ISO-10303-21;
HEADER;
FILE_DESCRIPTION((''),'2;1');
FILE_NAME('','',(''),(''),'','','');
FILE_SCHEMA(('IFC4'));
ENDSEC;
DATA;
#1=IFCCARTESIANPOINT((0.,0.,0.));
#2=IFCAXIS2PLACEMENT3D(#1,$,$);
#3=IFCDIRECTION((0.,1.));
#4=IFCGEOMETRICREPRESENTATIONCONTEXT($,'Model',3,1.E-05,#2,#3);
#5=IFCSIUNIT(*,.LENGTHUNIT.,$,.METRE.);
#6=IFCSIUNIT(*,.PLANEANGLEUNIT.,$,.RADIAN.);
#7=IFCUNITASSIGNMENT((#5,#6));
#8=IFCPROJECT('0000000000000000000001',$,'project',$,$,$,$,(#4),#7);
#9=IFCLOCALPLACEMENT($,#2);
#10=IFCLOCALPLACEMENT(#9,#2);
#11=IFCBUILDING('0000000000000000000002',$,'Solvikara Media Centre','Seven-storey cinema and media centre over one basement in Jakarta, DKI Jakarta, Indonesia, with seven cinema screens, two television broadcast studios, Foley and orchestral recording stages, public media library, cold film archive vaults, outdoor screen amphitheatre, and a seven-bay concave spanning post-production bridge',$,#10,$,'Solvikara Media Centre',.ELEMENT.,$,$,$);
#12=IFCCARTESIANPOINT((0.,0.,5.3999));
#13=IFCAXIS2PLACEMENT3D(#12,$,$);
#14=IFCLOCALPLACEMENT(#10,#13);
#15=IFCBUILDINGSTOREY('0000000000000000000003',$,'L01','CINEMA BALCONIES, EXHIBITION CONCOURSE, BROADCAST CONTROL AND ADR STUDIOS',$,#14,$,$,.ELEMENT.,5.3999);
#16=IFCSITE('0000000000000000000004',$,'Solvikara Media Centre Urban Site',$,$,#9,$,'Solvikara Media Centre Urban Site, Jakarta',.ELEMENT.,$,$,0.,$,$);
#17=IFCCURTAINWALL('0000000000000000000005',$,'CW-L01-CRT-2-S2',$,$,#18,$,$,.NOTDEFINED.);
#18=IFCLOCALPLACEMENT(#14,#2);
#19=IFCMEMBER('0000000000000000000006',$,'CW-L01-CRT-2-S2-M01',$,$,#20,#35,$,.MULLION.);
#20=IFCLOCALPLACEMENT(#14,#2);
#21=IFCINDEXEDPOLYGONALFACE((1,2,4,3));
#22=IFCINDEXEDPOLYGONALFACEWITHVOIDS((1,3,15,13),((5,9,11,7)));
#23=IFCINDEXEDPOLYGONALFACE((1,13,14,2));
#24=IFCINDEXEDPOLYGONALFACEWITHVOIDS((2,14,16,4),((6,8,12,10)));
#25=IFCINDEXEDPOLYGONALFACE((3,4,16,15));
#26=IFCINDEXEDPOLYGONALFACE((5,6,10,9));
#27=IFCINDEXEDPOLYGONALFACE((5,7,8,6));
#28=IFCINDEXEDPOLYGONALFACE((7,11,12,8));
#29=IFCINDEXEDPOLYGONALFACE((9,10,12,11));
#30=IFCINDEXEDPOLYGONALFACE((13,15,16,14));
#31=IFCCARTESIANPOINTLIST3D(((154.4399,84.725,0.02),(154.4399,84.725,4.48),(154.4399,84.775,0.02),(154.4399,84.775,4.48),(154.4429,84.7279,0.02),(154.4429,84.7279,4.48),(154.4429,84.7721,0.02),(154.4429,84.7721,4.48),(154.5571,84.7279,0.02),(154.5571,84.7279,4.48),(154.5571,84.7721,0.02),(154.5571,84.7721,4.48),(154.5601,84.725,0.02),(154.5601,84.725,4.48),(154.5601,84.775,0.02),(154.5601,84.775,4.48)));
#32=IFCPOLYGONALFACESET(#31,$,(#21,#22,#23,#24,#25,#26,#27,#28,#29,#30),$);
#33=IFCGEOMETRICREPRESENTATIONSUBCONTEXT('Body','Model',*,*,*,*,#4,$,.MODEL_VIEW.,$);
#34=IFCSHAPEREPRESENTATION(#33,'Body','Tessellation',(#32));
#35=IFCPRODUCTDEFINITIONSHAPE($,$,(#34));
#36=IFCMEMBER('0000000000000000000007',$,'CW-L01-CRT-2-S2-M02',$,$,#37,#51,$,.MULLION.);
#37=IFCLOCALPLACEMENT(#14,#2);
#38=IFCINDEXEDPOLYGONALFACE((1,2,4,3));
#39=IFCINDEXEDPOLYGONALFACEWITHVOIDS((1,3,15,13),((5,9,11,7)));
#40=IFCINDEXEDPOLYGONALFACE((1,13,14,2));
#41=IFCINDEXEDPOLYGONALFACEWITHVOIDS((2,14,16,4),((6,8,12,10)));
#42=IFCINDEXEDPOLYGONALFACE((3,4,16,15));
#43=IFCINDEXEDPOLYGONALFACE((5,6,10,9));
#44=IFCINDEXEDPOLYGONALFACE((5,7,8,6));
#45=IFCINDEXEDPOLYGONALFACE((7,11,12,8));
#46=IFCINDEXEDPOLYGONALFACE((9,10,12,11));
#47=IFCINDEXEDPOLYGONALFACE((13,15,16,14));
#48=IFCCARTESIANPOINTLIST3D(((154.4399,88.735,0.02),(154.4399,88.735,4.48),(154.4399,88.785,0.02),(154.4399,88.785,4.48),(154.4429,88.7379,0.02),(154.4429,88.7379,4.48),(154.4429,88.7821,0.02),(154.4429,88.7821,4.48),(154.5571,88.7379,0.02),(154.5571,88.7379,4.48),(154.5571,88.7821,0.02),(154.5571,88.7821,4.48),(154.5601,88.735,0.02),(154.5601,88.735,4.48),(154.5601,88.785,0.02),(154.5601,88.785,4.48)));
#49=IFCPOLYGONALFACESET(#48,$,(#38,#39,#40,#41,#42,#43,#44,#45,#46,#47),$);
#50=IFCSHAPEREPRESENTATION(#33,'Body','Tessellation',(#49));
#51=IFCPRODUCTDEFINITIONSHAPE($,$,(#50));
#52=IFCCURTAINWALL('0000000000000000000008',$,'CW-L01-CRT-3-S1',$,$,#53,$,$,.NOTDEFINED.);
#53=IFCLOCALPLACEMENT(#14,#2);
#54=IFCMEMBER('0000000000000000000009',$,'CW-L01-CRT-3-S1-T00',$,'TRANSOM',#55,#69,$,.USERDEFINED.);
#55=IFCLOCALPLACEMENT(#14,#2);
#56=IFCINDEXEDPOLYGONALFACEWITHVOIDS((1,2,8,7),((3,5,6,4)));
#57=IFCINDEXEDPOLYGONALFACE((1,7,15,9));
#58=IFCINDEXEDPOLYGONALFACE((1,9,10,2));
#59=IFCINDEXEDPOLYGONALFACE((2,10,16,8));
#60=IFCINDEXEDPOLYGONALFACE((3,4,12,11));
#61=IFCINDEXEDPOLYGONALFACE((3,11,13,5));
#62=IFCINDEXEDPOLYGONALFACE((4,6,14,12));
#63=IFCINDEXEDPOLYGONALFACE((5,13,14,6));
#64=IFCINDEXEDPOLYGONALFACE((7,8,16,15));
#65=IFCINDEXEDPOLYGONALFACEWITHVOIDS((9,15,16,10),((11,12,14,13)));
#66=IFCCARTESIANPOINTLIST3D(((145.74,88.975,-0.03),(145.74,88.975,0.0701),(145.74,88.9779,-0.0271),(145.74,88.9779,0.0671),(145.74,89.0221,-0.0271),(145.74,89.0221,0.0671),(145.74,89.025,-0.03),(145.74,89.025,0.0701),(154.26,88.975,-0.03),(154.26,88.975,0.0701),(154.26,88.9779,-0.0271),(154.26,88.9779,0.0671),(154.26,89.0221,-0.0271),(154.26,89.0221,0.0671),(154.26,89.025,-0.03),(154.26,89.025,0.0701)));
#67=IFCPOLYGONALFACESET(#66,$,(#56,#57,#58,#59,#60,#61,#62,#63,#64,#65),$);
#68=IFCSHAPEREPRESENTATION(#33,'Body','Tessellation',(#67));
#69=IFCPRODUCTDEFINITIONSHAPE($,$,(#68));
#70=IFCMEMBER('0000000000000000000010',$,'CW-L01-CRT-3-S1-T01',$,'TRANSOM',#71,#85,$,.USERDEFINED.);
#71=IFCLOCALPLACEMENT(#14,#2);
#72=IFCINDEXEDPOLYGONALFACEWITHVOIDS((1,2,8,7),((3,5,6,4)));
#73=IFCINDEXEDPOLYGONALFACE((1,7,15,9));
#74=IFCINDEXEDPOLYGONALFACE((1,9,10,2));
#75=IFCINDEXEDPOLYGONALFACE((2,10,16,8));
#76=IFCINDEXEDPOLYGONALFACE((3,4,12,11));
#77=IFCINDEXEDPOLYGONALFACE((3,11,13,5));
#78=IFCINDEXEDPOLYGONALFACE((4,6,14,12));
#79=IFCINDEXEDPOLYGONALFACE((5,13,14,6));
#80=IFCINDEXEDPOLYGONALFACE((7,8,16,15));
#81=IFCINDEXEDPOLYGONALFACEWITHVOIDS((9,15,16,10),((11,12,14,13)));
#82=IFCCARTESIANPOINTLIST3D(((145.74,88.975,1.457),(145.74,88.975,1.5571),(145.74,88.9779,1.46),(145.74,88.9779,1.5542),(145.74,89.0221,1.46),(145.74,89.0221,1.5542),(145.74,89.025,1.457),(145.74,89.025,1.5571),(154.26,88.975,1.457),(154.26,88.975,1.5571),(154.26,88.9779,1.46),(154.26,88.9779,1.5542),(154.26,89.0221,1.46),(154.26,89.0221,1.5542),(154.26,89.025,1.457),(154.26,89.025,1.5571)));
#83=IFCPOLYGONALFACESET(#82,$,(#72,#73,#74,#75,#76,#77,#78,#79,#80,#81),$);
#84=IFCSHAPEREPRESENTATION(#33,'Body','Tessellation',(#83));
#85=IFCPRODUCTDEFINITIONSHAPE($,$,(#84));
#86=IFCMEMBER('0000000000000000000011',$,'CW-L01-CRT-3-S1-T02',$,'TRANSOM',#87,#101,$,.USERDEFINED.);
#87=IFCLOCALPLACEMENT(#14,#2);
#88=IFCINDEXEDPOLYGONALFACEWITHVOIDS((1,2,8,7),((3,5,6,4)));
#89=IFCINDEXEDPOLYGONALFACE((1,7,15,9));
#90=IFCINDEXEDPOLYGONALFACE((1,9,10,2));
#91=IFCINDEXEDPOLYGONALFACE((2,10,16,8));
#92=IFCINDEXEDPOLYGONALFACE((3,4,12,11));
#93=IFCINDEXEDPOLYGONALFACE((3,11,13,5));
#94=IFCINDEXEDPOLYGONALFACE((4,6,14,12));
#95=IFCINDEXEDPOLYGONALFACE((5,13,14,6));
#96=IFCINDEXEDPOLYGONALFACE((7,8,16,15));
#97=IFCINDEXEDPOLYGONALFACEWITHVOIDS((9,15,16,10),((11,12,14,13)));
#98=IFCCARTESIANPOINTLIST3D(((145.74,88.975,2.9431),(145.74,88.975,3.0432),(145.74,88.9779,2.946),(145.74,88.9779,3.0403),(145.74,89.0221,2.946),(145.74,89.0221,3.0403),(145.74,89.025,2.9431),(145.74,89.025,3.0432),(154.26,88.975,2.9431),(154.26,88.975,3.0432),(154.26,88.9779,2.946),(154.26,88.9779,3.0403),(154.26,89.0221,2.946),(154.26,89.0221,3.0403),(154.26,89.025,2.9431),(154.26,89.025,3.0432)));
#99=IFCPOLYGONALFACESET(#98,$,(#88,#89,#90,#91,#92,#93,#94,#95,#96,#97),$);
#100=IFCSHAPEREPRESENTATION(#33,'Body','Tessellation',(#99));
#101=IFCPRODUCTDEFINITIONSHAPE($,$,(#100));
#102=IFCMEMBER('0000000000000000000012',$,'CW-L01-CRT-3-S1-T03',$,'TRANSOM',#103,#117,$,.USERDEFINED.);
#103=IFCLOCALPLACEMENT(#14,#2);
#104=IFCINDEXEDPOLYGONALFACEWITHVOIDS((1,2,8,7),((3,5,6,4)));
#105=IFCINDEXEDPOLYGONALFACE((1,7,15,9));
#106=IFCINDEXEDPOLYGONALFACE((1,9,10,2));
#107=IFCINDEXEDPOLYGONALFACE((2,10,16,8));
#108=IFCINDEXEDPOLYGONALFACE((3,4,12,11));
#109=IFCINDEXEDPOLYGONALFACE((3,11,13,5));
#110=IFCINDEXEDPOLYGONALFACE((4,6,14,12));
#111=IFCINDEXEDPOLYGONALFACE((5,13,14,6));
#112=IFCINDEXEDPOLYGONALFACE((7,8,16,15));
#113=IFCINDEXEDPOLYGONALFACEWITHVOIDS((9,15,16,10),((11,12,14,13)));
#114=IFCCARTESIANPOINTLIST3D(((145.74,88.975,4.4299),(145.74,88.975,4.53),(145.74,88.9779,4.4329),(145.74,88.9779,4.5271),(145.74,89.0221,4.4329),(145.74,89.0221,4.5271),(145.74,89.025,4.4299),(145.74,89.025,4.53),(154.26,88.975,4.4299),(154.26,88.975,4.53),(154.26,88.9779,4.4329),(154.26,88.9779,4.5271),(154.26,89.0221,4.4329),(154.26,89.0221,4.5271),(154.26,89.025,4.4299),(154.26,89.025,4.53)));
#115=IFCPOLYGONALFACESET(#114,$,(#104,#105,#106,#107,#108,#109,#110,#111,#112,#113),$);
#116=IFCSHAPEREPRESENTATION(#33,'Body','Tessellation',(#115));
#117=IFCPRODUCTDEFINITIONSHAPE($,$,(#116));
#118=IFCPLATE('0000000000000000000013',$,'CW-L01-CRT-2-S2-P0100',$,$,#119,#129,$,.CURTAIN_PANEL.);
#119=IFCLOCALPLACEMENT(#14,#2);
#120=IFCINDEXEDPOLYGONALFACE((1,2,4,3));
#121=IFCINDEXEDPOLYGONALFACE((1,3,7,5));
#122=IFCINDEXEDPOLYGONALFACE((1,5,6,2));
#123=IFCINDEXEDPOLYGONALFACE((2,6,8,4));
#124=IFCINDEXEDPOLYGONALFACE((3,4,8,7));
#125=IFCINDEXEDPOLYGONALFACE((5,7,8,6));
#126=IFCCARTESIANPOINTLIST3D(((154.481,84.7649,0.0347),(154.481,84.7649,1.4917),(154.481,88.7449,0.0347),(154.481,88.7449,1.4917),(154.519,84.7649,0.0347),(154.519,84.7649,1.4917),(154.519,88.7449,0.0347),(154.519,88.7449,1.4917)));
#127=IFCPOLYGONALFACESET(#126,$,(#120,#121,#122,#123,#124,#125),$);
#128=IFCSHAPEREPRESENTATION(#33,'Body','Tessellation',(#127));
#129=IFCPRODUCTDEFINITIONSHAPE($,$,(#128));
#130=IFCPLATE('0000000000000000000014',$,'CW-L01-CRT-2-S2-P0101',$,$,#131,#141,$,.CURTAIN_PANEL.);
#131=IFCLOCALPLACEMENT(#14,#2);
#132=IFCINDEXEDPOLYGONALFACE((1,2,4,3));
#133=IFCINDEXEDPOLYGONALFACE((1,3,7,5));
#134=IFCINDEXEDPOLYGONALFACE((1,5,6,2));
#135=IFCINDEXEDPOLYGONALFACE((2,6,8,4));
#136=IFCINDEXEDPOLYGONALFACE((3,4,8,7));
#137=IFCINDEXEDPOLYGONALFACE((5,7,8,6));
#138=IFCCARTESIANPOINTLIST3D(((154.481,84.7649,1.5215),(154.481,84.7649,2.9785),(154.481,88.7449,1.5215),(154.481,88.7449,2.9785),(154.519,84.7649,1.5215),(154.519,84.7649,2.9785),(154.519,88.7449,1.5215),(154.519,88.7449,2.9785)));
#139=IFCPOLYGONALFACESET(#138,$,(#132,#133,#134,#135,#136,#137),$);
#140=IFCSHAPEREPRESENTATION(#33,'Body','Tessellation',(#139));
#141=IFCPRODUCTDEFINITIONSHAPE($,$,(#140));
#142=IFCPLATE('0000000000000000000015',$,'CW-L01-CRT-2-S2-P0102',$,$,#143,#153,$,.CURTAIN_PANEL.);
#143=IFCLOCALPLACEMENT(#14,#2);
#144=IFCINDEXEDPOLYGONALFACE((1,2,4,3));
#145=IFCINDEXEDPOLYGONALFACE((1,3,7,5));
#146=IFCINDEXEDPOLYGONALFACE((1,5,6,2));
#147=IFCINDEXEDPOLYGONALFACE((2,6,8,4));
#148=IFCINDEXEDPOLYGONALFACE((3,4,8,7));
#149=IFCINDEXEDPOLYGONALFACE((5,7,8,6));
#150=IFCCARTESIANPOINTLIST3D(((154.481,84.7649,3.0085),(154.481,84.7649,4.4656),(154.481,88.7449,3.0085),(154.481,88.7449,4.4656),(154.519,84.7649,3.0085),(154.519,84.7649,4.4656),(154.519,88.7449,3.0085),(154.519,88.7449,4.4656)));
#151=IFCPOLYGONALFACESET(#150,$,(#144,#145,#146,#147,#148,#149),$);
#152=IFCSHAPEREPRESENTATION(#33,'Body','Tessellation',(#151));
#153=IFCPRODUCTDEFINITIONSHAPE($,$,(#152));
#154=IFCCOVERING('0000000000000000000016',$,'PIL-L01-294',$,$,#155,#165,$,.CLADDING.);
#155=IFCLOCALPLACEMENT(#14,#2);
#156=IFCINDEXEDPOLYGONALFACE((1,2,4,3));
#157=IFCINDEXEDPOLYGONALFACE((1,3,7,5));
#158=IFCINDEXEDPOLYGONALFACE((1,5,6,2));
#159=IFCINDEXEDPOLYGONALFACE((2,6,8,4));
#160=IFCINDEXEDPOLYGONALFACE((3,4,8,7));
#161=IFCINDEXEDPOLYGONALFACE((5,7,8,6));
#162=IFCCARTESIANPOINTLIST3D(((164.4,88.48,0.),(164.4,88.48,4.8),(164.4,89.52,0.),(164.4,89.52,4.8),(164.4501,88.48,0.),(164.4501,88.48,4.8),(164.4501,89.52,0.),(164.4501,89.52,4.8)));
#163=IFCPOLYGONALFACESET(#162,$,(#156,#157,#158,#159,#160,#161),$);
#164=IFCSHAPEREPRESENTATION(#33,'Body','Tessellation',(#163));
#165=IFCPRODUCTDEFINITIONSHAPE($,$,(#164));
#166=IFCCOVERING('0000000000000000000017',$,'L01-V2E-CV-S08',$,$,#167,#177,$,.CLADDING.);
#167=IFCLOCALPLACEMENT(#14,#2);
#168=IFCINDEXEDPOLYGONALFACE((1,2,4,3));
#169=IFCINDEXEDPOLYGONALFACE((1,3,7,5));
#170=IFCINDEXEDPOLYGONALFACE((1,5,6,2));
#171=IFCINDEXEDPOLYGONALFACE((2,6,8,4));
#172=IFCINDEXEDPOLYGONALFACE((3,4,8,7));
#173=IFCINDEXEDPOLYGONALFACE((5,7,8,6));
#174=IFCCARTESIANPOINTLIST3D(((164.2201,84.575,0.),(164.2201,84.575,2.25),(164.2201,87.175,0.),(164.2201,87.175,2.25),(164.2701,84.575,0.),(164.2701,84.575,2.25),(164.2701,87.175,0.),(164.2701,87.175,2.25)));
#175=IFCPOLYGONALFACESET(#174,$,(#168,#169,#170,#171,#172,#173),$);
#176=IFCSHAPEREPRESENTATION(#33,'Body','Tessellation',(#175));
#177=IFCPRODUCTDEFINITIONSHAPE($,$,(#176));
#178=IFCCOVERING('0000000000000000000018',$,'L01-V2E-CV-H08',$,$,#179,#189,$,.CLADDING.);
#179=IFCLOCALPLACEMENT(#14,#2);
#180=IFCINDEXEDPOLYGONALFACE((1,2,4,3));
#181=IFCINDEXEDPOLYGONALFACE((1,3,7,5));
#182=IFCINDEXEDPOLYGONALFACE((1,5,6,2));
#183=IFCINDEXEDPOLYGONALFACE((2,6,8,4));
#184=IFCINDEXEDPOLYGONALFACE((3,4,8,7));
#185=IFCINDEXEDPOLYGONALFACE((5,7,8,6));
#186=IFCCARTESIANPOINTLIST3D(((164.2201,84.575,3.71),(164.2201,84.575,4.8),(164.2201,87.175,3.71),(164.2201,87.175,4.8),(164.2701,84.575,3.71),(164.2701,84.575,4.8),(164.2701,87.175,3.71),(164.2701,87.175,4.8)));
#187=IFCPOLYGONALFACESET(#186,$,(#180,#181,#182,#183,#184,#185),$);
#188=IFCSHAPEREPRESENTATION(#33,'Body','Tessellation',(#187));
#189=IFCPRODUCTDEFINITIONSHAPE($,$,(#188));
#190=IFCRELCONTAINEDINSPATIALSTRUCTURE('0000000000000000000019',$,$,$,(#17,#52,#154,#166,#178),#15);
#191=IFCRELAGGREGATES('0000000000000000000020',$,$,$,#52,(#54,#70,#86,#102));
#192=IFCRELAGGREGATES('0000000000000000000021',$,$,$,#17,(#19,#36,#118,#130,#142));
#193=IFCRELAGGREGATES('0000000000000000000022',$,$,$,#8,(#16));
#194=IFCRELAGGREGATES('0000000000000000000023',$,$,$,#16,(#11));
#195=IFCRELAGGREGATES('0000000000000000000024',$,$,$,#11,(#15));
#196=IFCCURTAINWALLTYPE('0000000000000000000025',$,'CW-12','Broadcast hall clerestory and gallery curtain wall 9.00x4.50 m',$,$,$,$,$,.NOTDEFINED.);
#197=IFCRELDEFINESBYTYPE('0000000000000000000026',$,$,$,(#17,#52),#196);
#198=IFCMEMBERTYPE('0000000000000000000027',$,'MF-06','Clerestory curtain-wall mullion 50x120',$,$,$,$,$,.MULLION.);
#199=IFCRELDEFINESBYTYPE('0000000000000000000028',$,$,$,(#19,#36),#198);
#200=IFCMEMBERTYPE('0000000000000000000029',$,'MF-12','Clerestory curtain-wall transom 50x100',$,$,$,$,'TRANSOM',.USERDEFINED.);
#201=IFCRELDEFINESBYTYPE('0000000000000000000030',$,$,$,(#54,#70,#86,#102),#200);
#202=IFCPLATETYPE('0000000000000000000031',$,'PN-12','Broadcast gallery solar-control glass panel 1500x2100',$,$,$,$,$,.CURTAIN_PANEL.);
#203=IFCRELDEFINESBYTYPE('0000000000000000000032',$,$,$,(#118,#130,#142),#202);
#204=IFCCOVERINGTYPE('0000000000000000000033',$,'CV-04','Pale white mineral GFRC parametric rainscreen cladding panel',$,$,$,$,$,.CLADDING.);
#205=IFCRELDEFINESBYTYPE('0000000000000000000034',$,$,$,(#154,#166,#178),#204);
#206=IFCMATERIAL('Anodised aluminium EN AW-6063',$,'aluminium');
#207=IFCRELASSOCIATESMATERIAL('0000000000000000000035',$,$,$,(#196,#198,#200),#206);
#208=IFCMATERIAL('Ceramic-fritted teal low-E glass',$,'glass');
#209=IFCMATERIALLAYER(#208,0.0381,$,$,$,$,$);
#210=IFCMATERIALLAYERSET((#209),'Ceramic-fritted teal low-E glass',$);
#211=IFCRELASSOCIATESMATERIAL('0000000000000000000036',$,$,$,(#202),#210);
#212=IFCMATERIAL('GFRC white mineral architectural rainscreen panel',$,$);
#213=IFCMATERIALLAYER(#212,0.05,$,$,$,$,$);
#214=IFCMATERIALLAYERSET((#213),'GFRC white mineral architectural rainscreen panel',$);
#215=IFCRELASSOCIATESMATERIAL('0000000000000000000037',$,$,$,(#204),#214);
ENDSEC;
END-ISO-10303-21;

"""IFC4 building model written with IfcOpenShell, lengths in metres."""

from ifc_helpers import new_model, si_unit, direction, frame, origin, origin_2d, place, context, subcontext, project, spatial, rectangle, hollow_rectangle, extrude, material, layer, layer_set, material_profile, profile_set, type_object, element, aggregate, save


model = new_model("IFC4")

# Units and contexts
model_context = context("Model", 3, precision=1e-05, world=origin(), true_north=direction((0.0, 1.0)))
body_context = subcontext(model_context, "Body", "Model", "MODEL_VIEW")
ifc_project = project(units=[si_unit("LENGTHUNIT", "METRE"), si_unit("PLANEANGLEUNIT", "RADIAN")], contexts=[model_context])

# Site, building, storey
site_placement = place(None, origin())
site = spatial("IfcSite", under=ifc_project, at=site_placement, Name="Solvikara Media Centre Urban Site", LongName="Solvikara Media Centre Urban Site, Jakarta", CompositionType="ELEMENT", RefElevation=0.0)
building_placement = place(site_placement, origin())
building = spatial("IfcBuilding", under=site, at=building_placement, Name="Solvikara Media Centre", Description="Seven-storey cinema and media centre over one basement in Jakarta, DKI Jakarta, Indonesia, with seven cinema screens, two television broadcast studios, Foley and orchestral recording stages, public media library, cold film archive vaults, outdoor screen amphitheatre, and a seven-bay concave spanning post-production bridge", LongName="Solvikara Media Centre", CompositionType="ELEMENT")
storey_placement = place(building_placement, frame((0.0, 0.0, 5.3999)))
storey = spatial("IfcBuildingStorey", under=building, at=storey_placement, Name="L01", Description="CINEMA BALCONIES, EXHIBITION CONCOURSE, BROADCAST CONTROL AND ADR STUDIOS", CompositionType="ELEMENT", Elevation=5.3999)

# Curtain walls, members
ifc_material_1 = material(Name="Anodised aluminium EN AW-6063", Category="aluminium")
curtain_wall_type = type_object("IfcCurtainWallType", Name="CW-12", Description="Broadcast hall clerestory and gallery curtain wall 9.00x4.50 m", PredefinedType="NOTDEFINED", material=ifc_material_1)
curtain_wall_1_placement = place(storey_placement, origin())
curtain_wall_1 = element("IfcCurtainWall", 1, at=curtain_wall_1_placement, inside=storey, type_object=curtain_wall_type, Name="CW-L01-CRT-2-S2", PredefinedType="NOTDEFINED")
ifc_material_profile_1 = material_profile(ifc_material_1, hollow_rectangle(XDim=0.05, YDim=0.1201, WallThickness=0.0029, at=origin_2d()), Name="ALU-M 50x120x3")
ifc_profile_set_1 = profile_set([ifc_material_profile_1], Name="Anodised aluminium EN AW-6063")
member_type_1 = type_object("IfcMemberType", Name="MF-06", Description="Clerestory curtain-wall mullion 50x120", PredefinedType="MULLION", material=ifc_profile_set_1)
member_1_placement = place(storey_placement, frame((154.5, 84.75, 0.02), z_axis=(0.0, 0.0, 1.0), x_axis=(0.0, 1.0, 0.0)))
member_1 = element("IfcMember", 2, at=member_1_placement, type_object=member_type_1, Name="CW-L01-CRT-2-S2-M01", PredefinedType="MULLION", context=body_context, shape_type="SweptSolid", body=[
    extrude(hollow_rectangle(XDim=0.05, YDim=0.1201, WallThickness=0.0029, at=origin_2d()), origin(), (0.0, 0.0, 1.0), 4.46),
])
member_2_placement = place(storey_placement, frame((154.5, 88.76, 0.02), z_axis=(0.0, 0.0, 1.0), x_axis=(0.0, 1.0, 0.0)))
member_2 = element("IfcMember", 3, at=member_2_placement, type_object=member_type_1, Name="CW-L01-CRT-2-S2-M02", PredefinedType="MULLION", context=body_context, shape_type="SweptSolid", body=[
    extrude(hollow_rectangle(XDim=0.05, YDim=0.1201, WallThickness=0.0029, at=origin_2d()), origin(), (0.0, 0.0, 1.0), 4.46),
])
curtain_wall_2_placement = place(storey_placement, origin())
curtain_wall_2 = element("IfcCurtainWall", 4, at=curtain_wall_2_placement, inside=storey, type_object=curtain_wall_type, Name="CW-L01-CRT-3-S1", PredefinedType="NOTDEFINED")
ifc_material_profile_2 = material_profile(ifc_material_1, hollow_rectangle(XDim=0.05, YDim=0.1001, WallThickness=0.0029, at=origin_2d()), Name="ALU-T 50x100x3")
ifc_profile_set_2 = profile_set([ifc_material_profile_2], Name="Anodised aluminium EN AW-6063")
member_type_2 = type_object("IfcMemberType", Name="MF-12", Description="Clerestory curtain-wall transom 50x100", ElementType="TRANSOM", PredefinedType="USERDEFINED", material=ifc_profile_set_2)
member_3_placement = place(storey_placement, frame((154.26, 89.0, 0.02), z_axis=(-1.0, 0.0, 0.0), x_axis=(0.0, -1.0, 0.0)))
member_3 = element("IfcMember", 5, at=member_3_placement, type_object=member_type_2, Name="CW-L01-CRT-3-S1-T00", ObjectType="TRANSOM", PredefinedType="USERDEFINED", context=body_context, shape_type="SweptSolid", body=[
    extrude(hollow_rectangle(XDim=0.05, YDim=0.1001, WallThickness=0.0029, at=origin_2d()), origin(), (0.0, 0.0, 1.0), 8.52),
])
member_4_placement = place(storey_placement, frame((154.26, 89.0, 1.5071), z_axis=(-1.0, 0.0, 0.0), x_axis=(0.0, -1.0, 0.0)))
member_4 = element("IfcMember", 6, at=member_4_placement, type_object=member_type_2, Name="CW-L01-CRT-3-S1-T01", ObjectType="TRANSOM", PredefinedType="USERDEFINED", context=body_context, shape_type="SweptSolid", body=[
    extrude(hollow_rectangle(XDim=0.05, YDim=0.1001, WallThickness=0.0029, at=origin_2d()), origin(), (0.0, 0.0, 1.0), 8.52),
])
member_5_placement = place(storey_placement, frame((154.26, 89.0, 2.9932), z_axis=(-1.0, 0.0, 0.0), x_axis=(0.0, -1.0, 0.0)))
member_5 = element("IfcMember", 7, at=member_5_placement, type_object=member_type_2, Name="CW-L01-CRT-3-S1-T02", ObjectType="TRANSOM", PredefinedType="USERDEFINED", context=body_context, shape_type="SweptSolid", body=[
    extrude(hollow_rectangle(XDim=0.05, YDim=0.1001, WallThickness=0.0029, at=origin_2d()), origin(), (0.0, 0.0, 1.0), 8.52),
])
member_6_placement = place(storey_placement, frame((154.26, 89.0, 4.48), z_axis=(-1.0, 0.0, 0.0), x_axis=(0.0, -1.0, 0.0)))
member_6 = element("IfcMember", 8, at=member_6_placement, type_object=member_type_2, Name="CW-L01-CRT-3-S1-T03", ObjectType="TRANSOM", PredefinedType="USERDEFINED", context=body_context, shape_type="SweptSolid", body=[
    extrude(hollow_rectangle(XDim=0.05, YDim=0.1001, WallThickness=0.0029, at=origin_2d()), origin(), (0.0, 0.0, 1.0), 8.52),
])
aggregate(curtain_wall_2, [member_3, member_4, member_5, member_6])

# Plates
ifc_material_2 = material(Name="Ceramic-fritted teal low-E glass", Category="glass")
ifc_layer_1 = layer(ifc_material_2, 0.0381)
ifc_layer_set_1 = layer_set([ifc_layer_1], Name="Ceramic-fritted teal low-E glass")
plate_type = type_object("IfcPlateType", Name="PN-12", Description="Broadcast gallery solar-control glass panel 1500x2100", PredefinedType="CURTAIN_PANEL", material=ifc_layer_set_1)
plate_1_placement = place(storey_placement, frame((154.5, 86.7549, 0.0347), z_axis=(0.0, 0.0, 1.0), x_axis=(0.0, 1.0, 0.0)))
plate_1 = element("IfcPlate", 9, at=plate_1_placement, type_object=plate_type, Name="CW-L01-CRT-2-S2-P0100", PredefinedType="CURTAIN_PANEL", context=body_context, shape_type="SweptSolid", body=[
    extrude(rectangle(XDim=3.98, YDim=0.0381, at=origin_2d()), origin(), (0.0, 0.0, 1.0), 1.457),
])
plate_2_placement = place(storey_placement, frame((154.5, 86.7549, 1.5215), z_axis=(0.0, 0.0, 1.0), x_axis=(0.0, 1.0, 0.0)))
plate_2 = element("IfcPlate", 10, at=plate_2_placement, type_object=plate_type, Name="CW-L01-CRT-2-S2-P0101", PredefinedType="CURTAIN_PANEL", context=body_context, shape_type="SweptSolid", body=[
    extrude(rectangle(XDim=3.98, YDim=0.0381, at=origin_2d()), origin(), (0.0, 0.0, 1.0), 1.457),
])
plate_3_placement = place(storey_placement, frame((154.5, 86.7549, 3.0085), z_axis=(0.0, 0.0, 1.0), x_axis=(0.0, 1.0, 0.0)))
plate_3 = element("IfcPlate", 11, at=plate_3_placement, type_object=plate_type, Name="CW-L01-CRT-2-S2-P0102", PredefinedType="CURTAIN_PANEL", context=body_context, shape_type="SweptSolid", body=[
    extrude(rectangle(XDim=3.98, YDim=0.0381, at=origin_2d()), origin(), (0.0, 0.0, 1.0), 1.457),
])
aggregate(curtain_wall_1, [member_1, member_2, plate_1, plate_2, plate_3])

# Coverings
ifc_material_3 = material(Name="GFRC white mineral architectural rainscreen panel")
ifc_layer_2 = layer(ifc_material_3, 0.05)
ifc_layer_set_2 = layer_set([ifc_layer_2], Name="GFRC white mineral architectural rainscreen panel")
covering_type = type_object("IfcCoveringType", Name="CV-04", Description="Pale white mineral GFRC parametric rainscreen cladding panel", PredefinedType="CLADDING", material=ifc_layer_set_2)
covering_1_placement = place(storey_placement, frame((164.425, 89.0, 0.0), z_axis=(0.0, 0.0, 1.0), x_axis=(0.0, 1.0, 0.0)))
element("IfcCovering", 12, at=covering_1_placement, inside=storey, type_object=covering_type, Name="PIL-L01-294", PredefinedType="CLADDING", context=body_context, shape_type="SweptSolid", body=[
    extrude(rectangle(XDim=1.04, YDim=0.05, at=origin_2d()), origin(), (0.0, 0.0, 1.0), 4.8),
])
covering_2_placement = place(storey_placement, frame((164.2451, 85.875, 0.0), z_axis=(0.0, 0.0, 1.0), x_axis=(0.0, 1.0, 0.0)))
element("IfcCovering", 13, at=covering_2_placement, inside=storey, type_object=covering_type, Name="L01-V2E-CV-S08", PredefinedType="CLADDING", context=body_context, shape_type="SweptSolid", body=[
    extrude(rectangle(XDim=2.6001, YDim=0.05, at=origin_2d()), origin(), (0.0, 0.0, 1.0), 2.25),
])
covering_3_placement = place(storey_placement, frame((164.2451, 85.875, 3.71), z_axis=(0.0, 0.0, 1.0), x_axis=(0.0, 1.0, 0.0)))
element("IfcCovering", 14, at=covering_3_placement, inside=storey, type_object=covering_type, Name="L01-V2E-CV-H08", PredefinedType="CLADDING", context=body_context, shape_type="SweptSolid", body=[
    extrude(rectangle(XDim=2.6001, YDim=0.05, at=origin_2d()), origin(), (0.0, 0.0, 1.0), 1.0901),
])

save(model, "model.ifc")
